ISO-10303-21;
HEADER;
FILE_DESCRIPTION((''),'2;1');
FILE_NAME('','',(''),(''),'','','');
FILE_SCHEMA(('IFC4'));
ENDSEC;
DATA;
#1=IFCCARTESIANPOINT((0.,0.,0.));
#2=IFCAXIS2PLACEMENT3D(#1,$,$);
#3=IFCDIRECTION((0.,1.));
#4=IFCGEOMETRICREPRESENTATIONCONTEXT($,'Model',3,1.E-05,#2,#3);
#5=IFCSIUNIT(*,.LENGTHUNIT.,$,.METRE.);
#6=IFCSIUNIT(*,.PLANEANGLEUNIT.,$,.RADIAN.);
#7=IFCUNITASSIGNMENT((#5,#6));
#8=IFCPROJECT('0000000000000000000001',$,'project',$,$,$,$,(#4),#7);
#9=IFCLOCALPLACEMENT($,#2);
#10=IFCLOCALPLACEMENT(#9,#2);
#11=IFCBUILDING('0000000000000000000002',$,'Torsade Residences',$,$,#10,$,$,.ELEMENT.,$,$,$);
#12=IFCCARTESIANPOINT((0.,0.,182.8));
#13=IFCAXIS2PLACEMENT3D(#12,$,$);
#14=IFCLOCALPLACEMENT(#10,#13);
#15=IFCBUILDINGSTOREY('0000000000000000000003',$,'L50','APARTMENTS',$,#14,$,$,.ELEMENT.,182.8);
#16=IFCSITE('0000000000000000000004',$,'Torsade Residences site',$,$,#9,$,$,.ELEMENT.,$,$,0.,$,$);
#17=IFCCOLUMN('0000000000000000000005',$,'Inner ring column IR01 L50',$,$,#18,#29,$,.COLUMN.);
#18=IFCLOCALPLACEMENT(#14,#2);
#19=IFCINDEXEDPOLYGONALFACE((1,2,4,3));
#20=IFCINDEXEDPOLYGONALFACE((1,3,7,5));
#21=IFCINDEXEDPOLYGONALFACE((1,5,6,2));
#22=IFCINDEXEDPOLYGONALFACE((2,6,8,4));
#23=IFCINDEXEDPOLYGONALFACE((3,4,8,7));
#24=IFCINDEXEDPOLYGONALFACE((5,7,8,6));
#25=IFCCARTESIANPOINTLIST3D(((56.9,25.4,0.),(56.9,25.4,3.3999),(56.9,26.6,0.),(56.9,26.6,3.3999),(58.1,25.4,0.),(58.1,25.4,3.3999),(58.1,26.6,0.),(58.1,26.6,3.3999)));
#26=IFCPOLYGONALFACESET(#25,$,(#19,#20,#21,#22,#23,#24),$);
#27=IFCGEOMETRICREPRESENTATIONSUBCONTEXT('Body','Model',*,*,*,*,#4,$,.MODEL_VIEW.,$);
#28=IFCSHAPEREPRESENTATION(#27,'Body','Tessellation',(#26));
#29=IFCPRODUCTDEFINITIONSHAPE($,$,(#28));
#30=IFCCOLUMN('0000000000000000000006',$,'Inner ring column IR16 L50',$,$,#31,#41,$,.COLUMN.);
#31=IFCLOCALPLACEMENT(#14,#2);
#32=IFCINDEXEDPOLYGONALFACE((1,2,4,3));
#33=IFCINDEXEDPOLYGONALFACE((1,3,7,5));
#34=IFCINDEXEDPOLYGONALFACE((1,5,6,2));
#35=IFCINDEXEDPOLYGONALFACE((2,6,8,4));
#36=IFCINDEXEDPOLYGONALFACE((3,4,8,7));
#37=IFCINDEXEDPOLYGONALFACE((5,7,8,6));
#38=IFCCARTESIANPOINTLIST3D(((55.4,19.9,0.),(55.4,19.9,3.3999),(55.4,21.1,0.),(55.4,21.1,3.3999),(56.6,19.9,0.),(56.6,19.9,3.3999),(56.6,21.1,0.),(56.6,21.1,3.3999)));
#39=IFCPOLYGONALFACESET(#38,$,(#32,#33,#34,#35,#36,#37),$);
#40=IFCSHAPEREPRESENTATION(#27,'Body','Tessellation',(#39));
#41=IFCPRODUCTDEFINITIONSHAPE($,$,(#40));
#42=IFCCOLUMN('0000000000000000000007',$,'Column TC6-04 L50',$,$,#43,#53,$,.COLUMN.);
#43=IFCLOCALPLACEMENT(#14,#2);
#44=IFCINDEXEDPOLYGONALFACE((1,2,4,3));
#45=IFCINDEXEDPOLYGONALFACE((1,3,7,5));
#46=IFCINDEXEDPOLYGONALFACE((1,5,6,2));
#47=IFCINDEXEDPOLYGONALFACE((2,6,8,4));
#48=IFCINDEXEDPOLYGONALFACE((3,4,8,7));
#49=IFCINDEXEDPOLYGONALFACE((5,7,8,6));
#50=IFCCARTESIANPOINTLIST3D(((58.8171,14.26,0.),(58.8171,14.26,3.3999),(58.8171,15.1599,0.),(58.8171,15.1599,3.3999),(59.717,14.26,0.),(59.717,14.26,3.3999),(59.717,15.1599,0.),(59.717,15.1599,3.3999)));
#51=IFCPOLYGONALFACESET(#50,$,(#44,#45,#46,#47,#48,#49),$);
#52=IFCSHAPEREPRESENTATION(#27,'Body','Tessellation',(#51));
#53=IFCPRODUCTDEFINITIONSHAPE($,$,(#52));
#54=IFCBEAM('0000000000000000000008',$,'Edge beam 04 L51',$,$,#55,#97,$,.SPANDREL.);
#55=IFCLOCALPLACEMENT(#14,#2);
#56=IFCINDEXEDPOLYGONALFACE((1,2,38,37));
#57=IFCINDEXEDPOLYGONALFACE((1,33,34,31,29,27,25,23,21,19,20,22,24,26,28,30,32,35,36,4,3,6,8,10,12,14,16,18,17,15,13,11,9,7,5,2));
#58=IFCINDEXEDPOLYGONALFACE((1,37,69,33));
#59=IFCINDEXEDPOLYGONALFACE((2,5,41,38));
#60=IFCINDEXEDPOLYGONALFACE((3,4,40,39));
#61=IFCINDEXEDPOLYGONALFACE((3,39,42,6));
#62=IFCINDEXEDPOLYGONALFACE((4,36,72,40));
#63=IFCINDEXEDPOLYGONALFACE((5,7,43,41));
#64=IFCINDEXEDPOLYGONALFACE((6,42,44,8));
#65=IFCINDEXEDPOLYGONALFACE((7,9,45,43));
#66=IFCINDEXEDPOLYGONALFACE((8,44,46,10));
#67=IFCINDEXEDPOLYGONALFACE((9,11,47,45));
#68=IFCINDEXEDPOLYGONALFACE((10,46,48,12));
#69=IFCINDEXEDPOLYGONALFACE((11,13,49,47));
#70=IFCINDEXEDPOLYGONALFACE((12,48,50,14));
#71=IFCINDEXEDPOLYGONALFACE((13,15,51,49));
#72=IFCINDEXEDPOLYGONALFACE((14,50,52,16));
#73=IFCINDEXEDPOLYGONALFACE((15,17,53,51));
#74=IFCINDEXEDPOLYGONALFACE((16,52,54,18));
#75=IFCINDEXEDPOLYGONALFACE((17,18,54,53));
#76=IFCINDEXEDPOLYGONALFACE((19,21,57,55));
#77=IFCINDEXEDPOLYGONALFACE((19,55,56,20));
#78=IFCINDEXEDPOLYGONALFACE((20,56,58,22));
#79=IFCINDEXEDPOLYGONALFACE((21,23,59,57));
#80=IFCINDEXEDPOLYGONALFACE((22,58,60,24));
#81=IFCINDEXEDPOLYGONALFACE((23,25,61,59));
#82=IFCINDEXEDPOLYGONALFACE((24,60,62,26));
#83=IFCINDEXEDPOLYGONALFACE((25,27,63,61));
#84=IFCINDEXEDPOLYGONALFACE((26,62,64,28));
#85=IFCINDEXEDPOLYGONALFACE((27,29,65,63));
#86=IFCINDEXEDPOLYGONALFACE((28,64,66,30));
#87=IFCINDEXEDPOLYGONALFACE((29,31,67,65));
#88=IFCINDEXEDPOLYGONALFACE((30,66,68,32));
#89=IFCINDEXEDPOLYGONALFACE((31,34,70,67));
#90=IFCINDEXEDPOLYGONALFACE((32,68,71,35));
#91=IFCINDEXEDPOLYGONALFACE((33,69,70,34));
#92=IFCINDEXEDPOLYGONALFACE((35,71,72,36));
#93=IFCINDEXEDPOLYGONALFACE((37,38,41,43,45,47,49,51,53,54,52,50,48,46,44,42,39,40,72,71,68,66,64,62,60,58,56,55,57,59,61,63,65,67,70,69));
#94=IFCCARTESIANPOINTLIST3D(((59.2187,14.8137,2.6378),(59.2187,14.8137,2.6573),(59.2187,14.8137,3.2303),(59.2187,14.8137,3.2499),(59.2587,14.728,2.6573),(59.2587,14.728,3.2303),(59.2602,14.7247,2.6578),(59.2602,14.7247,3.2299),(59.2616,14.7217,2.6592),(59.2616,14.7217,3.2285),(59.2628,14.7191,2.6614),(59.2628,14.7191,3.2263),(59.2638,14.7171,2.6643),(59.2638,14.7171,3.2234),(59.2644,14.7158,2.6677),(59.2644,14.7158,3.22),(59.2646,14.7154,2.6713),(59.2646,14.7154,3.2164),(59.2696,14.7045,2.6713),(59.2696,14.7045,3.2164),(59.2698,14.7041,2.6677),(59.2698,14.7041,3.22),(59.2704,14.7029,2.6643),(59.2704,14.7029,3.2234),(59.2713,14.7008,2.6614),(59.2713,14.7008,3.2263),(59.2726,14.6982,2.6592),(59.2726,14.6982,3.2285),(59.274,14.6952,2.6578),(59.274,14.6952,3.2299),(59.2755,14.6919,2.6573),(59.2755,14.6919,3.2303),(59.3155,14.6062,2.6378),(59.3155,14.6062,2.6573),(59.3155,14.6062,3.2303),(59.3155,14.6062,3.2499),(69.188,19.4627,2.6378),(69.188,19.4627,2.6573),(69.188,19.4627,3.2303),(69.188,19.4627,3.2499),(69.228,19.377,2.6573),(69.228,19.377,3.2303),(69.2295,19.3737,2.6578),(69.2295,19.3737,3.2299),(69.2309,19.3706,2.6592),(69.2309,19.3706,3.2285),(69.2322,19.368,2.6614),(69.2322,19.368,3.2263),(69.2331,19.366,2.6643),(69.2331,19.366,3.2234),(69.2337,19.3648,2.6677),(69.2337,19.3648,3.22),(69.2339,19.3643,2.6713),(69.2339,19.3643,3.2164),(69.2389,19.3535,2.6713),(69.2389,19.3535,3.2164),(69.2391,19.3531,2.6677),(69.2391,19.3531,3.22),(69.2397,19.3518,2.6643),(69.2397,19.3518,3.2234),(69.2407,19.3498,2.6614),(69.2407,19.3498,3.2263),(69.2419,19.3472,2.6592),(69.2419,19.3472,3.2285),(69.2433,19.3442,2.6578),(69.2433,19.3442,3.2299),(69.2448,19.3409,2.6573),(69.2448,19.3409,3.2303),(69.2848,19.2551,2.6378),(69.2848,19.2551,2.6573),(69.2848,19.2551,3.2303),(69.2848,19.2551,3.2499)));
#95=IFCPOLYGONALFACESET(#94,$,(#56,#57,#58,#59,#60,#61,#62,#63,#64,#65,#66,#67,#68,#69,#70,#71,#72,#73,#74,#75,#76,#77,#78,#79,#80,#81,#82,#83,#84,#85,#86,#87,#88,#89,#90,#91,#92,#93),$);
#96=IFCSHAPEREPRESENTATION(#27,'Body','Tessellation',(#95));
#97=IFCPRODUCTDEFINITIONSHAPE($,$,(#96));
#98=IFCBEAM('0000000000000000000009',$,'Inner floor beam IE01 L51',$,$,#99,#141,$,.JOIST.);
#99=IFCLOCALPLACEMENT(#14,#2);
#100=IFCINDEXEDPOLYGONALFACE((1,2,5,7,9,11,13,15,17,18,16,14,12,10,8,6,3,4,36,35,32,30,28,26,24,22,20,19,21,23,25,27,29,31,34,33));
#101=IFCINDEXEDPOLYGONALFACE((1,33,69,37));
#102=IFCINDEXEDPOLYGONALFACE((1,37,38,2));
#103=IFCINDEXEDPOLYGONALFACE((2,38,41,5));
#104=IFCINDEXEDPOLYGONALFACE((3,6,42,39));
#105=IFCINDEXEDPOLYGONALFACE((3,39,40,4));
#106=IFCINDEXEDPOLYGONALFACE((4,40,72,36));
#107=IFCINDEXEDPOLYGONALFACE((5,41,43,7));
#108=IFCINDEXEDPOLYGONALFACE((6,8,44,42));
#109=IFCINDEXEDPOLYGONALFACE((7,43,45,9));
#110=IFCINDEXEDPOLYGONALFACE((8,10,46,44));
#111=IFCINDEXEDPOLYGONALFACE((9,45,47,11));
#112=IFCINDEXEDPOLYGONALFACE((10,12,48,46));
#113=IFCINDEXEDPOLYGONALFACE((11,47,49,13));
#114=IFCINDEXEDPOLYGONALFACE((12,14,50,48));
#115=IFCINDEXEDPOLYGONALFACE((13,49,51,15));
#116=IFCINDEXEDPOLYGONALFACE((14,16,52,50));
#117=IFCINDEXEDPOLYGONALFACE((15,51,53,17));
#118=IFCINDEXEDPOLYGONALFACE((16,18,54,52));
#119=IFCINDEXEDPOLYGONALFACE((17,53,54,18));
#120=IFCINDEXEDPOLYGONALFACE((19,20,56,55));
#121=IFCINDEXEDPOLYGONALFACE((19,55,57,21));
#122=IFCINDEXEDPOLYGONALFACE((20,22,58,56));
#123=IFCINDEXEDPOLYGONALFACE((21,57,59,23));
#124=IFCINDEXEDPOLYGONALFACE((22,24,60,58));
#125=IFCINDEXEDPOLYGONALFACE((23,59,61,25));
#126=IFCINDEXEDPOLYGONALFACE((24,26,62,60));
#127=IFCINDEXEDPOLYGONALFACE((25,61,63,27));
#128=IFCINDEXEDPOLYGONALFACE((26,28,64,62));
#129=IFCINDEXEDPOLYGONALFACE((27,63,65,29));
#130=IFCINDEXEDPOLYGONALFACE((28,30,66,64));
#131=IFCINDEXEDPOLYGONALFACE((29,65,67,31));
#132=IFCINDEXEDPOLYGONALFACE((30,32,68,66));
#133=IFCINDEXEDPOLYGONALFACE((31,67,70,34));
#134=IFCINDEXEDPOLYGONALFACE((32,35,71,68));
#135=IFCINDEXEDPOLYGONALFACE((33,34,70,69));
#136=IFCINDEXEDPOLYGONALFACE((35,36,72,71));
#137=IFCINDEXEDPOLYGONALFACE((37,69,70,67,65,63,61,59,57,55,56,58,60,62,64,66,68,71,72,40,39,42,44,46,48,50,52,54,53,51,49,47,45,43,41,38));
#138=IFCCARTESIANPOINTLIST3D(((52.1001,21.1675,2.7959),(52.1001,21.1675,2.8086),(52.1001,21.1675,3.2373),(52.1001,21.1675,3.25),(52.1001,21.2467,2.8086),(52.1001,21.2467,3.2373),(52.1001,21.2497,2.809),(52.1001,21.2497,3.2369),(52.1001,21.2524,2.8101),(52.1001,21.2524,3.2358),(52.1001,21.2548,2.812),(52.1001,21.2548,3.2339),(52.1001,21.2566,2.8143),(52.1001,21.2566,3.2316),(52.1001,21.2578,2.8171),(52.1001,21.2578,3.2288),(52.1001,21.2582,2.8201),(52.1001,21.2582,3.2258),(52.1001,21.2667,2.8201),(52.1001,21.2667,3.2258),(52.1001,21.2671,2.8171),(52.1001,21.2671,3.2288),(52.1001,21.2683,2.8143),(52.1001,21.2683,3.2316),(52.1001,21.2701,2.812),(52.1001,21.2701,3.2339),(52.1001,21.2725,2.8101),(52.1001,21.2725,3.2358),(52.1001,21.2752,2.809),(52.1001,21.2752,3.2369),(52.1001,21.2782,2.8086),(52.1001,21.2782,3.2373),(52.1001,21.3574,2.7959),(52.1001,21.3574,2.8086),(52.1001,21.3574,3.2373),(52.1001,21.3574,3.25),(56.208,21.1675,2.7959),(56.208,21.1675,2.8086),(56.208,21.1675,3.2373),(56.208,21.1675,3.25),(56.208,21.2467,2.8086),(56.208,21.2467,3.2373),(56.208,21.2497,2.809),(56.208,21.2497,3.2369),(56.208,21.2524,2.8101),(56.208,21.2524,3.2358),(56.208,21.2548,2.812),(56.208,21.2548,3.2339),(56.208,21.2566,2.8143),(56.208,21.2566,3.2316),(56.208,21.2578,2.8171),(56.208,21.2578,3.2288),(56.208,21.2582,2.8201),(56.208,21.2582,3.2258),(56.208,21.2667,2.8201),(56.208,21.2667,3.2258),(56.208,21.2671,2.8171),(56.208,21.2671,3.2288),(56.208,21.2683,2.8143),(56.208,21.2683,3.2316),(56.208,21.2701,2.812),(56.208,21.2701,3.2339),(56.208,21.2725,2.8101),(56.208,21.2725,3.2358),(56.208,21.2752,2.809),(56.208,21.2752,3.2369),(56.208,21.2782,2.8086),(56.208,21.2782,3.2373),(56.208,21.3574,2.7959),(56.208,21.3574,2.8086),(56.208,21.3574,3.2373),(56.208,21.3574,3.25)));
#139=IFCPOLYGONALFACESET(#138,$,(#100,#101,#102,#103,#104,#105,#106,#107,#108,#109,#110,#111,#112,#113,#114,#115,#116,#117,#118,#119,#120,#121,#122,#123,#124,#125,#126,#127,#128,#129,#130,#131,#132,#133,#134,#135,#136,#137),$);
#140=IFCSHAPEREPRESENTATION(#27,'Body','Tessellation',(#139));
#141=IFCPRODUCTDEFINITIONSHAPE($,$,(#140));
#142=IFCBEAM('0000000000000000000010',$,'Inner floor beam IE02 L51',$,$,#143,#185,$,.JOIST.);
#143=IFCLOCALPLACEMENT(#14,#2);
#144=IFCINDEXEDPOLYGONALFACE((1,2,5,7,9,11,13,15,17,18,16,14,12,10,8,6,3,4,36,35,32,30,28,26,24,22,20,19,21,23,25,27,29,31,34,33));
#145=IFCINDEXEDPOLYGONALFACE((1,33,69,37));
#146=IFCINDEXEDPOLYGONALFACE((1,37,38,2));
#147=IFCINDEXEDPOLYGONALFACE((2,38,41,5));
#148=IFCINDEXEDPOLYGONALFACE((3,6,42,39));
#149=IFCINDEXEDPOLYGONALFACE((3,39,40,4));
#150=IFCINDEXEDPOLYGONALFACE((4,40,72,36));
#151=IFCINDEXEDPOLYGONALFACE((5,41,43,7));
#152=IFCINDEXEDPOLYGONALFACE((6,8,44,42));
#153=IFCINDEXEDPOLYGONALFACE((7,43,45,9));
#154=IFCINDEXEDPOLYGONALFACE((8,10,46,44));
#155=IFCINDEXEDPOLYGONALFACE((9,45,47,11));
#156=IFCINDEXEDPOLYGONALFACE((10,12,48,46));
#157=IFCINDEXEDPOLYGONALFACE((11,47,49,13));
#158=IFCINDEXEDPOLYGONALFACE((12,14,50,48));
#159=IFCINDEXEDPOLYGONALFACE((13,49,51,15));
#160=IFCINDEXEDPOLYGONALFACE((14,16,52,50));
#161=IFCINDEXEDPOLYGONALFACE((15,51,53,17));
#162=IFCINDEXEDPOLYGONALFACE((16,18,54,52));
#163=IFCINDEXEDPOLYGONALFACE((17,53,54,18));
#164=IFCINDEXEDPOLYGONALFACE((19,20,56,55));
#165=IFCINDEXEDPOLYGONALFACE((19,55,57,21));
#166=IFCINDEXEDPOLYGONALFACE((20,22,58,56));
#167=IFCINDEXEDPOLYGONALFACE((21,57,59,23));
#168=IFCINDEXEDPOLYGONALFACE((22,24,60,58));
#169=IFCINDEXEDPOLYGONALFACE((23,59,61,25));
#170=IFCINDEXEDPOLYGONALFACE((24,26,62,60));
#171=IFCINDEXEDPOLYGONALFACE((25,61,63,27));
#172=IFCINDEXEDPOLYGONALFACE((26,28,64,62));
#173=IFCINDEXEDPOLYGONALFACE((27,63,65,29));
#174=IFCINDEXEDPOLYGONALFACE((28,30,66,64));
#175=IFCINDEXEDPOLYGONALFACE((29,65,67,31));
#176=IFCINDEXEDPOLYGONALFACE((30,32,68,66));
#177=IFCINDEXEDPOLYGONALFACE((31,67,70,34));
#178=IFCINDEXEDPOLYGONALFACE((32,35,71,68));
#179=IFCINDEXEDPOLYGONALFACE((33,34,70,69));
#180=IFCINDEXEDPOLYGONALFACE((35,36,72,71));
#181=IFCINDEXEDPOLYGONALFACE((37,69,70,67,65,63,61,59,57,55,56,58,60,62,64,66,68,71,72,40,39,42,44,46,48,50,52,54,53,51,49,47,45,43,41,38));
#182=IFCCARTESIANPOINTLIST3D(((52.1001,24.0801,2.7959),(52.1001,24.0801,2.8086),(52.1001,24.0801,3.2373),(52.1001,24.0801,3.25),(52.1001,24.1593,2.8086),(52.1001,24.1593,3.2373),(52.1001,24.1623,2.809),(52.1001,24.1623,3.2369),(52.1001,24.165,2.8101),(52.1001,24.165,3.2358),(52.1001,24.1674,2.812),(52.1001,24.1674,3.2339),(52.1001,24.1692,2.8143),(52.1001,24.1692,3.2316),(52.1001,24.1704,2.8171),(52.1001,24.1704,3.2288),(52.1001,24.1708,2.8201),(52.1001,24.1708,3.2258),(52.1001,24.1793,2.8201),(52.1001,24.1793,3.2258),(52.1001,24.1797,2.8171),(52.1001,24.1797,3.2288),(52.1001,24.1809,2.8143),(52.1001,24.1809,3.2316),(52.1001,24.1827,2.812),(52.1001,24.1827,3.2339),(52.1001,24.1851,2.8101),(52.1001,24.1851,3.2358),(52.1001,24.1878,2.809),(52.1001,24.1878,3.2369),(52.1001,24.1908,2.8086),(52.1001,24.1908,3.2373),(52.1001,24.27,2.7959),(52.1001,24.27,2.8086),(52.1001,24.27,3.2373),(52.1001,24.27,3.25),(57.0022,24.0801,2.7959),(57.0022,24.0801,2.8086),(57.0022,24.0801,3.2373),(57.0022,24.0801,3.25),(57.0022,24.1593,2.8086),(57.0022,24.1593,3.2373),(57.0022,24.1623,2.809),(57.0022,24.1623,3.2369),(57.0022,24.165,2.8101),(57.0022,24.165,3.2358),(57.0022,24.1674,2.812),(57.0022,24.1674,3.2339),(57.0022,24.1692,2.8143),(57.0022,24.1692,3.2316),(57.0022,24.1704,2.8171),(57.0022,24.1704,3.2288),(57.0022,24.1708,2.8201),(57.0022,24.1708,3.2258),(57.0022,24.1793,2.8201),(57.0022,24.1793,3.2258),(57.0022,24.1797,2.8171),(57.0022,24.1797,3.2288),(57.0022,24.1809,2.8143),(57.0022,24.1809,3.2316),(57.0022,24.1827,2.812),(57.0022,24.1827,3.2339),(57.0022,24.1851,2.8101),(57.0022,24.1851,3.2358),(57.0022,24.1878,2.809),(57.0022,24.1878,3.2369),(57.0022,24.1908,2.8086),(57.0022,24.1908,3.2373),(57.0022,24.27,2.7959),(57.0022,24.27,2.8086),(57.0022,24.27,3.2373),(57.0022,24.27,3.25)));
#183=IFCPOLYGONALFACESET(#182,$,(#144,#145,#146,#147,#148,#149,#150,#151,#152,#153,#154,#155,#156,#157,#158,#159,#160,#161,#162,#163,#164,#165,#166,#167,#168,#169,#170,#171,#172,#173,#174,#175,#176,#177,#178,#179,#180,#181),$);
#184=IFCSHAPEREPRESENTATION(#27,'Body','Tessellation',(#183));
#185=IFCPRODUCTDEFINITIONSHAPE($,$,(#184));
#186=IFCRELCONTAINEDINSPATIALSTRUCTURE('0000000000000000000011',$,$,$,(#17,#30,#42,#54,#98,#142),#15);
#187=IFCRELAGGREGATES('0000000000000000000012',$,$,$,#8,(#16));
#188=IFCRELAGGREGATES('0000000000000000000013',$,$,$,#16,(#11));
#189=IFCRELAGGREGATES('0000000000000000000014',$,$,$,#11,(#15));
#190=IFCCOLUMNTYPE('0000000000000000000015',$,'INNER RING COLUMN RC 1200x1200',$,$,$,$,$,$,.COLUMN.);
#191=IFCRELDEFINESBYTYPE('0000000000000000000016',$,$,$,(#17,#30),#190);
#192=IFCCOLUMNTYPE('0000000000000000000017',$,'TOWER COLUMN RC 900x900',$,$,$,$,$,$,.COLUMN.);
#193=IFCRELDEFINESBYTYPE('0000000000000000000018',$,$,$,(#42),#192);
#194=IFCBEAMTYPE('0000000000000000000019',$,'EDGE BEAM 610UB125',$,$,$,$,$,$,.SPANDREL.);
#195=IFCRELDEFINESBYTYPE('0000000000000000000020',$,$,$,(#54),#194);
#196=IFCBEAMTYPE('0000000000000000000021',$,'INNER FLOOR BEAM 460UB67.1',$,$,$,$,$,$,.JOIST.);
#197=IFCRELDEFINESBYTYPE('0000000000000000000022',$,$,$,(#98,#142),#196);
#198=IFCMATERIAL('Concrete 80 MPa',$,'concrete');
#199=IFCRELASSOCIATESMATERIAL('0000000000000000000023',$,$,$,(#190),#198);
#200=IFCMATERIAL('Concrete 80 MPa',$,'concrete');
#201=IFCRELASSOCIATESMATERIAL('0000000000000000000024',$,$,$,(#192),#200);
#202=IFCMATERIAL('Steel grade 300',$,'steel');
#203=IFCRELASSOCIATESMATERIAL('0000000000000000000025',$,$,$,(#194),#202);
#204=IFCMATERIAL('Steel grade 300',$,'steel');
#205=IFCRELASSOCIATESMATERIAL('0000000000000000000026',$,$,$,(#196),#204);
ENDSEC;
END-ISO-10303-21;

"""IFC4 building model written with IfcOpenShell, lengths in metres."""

from ifc_helpers import new_model, si_unit, direction, frame, origin, origin_2d, place, context, subcontext, project, spatial, rectangle, i_section, extrude, material, material_profile, profile_set, type_object, element, save


model = new_model("IFC4")

# Units and contexts
model_context = context("Model", 3, precision=1e-05, world=origin(), true_north=direction((0.0, 1.0)))
body_context = subcontext(model_context, "Body", "Model", "MODEL_VIEW")
ifc_project = project(units=[si_unit("LENGTHUNIT", "METRE"), si_unit("PLANEANGLEUNIT", "RADIAN")], contexts=[model_context])

# Site, building, storey
site_placement = place(None, origin())
site = spatial("IfcSite", under=ifc_project, at=site_placement, Name="Torsade Residences site", CompositionType="ELEMENT", RefElevation=0.0)
building_placement = place(site_placement, origin())
building = spatial("IfcBuilding", under=site, at=building_placement, Name="Torsade Residences", CompositionType="ELEMENT")
storey_placement = place(building_placement, frame((0.0, 0.0, 182.8)))
storey = spatial("IfcBuildingStorey", under=building, at=storey_placement, Name="L50", Description="APARTMENTS", CompositionType="ELEMENT", Elevation=182.8)

# Columns
ifc_material_1 = material(Name="Concrete 80 MPa", Category="concrete")
ifc_material_profile_1 = material_profile(ifc_material_1, rectangle(XDim=1.2, YDim=1.2, at=origin_2d()), Name="RC 1200x1200")
ifc_profile_set_1 = profile_set([ifc_material_profile_1], Name="Concrete 80 MPa")
column_type_1 = type_object("IfcColumnType", Name="INNER RING COLUMN RC 1200x1200", PredefinedType="COLUMN", material=ifc_profile_set_1)
for number, where, z_axis, x_axis, name in (
    (1, (57.5, 26.0, 0.0), (0.0, 0.0, 1.0), (1.0, 0.0, 0.0), "Inner ring column IR01 L50"),
    (2, (56.0, 20.5, 0.0), (0.0, 0.0, 1.0), (1.0, 0.0, 0.0), "Inner ring column IR16 L50"),
):
    element("IfcColumn", number, at=place(storey_placement, frame(where, z_axis=z_axis, x_axis=x_axis)), inside=storey, type_object=column_type_1, Name=name, PredefinedType="COLUMN", context=body_context, shape_type="SweptSolid", body=[
        extrude(rectangle(XDim=1.2, YDim=1.2, at=origin_2d()), origin(), (0.0, 0.0, 1.0), 3.3999),
    ])
ifc_material_2 = material(Name="Concrete 80 MPa", Category="concrete")
ifc_material_profile_2 = material_profile(ifc_material_2, rectangle(XDim=0.8999, YDim=0.8999, at=origin_2d()), Name="RC 900x900")
ifc_profile_set_2 = profile_set([ifc_material_profile_2], Name="Concrete 80 MPa")
column_type_2 = type_object("IfcColumnType", Name="TOWER COLUMN RC 900x900", PredefinedType="COLUMN", material=ifc_profile_set_2)
column_placement = place(storey_placement, frame((59.2671, 14.71, 0.0), z_axis=(0.0, 0.0, 1.0), x_axis=(1.0, 0.0, 0.0)))
element("IfcColumn", 3, at=column_placement, inside=storey, type_object=column_type_2, Name="Column TC6-04 L50", PredefinedType="COLUMN", context=body_context, shape_type="SweptSolid", body=[
    extrude(rectangle(XDim=0.8999, YDim=0.8999, at=origin_2d()), origin(), (0.0, 0.0, 1.0), 3.3999),
])

# Beams
ifc_material_3 = material(Name="Steel grade 300", Category="steel")
ifc_material_profile_3 = material_profile(ifc_material_3, i_section(OverallWidth=0.229, OverallDepth=0.6121, WebThickness=0.012, FlangeThickness=0.0195, FilletRadius=0.0139, at=origin_2d()), Name="610UB125")
ifc_profile_set_3 = profile_set([ifc_material_profile_3], Name="Steel grade 300")
beam_type_1 = type_object("IfcBeamType", Name="EDGE BEAM 610UB125", PredefinedType="SPANDREL", material=ifc_profile_set_3)
beam_1_placement = place(storey_placement, frame((59.2671, 14.71, 2.9438), z_axis=(0.906301, 0.422633, 0.0), x_axis=(-0.422633, 0.906301, 0.0)))
element("IfcBeam", 4, at=beam_1_placement, inside=storey, type_object=beam_type_1, Name="Edge beam 04 L51", PredefinedType="SPANDREL", context=body_context, shape_type="SweptSolid", body=[
    extrude(i_section(OverallWidth=0.229, OverallDepth=0.6121, WebThickness=0.012, FlangeThickness=0.0195, FilletRadius=0.0139, at=origin_2d()), origin(), (0.0, 0.0, 1.0), 11.0),
])
ifc_material_4 = material(Name="Steel grade 300", Category="steel")
ifc_material_profile_4 = material_profile(ifc_material_4, i_section(OverallWidth=0.1899, OverallDepth=0.4541, WebThickness=0.0085, FlangeThickness=0.0127, FilletRadius=0.0115, at=origin_2d()), Name="460UB67.1")
ifc_profile_set_4 = profile_set([ifc_material_profile_4], Name="Steel grade 300")
beam_type_2 = type_object("IfcBeamType", Name="INNER FLOOR BEAM 460UB67.1", PredefinedType="JOIST", material=ifc_profile_set_4)
beam_2_placement = place(storey_placement, frame((52.1001, 21.2625, 3.0229), z_axis=(1.0, 0.0, 0.0), x_axis=(0.0, 1.0, 0.0)))
element("IfcBeam", 5, at=beam_2_placement, inside=storey, type_object=beam_type_2, Name="Inner floor beam IE01 L51", PredefinedType="JOIST", context=body_context, shape_type="SweptSolid", body=[
    extrude(i_section(OverallWidth=0.1899, OverallDepth=0.4541, WebThickness=0.0085, FlangeThickness=0.0127, FilletRadius=0.0115, at=origin_2d()), origin(), (0.0, 0.0, 1.0), 4.1079),
])
beam_3_placement = place(storey_placement, frame((52.1001, 24.175, 3.0229), z_axis=(1.0, 0.0, 0.0), x_axis=(0.0, 1.0, 0.0)))
element("IfcBeam", 6, at=beam_3_placement, inside=storey, type_object=beam_type_2, Name="Inner floor beam IE02 L51", PredefinedType="JOIST", context=body_context, shape_type="SweptSolid", body=[
    extrude(i_section(OverallWidth=0.1899, OverallDepth=0.4541, WebThickness=0.0085, FlangeThickness=0.0127, FilletRadius=0.0115, at=origin_2d()), origin(), (0.0, 0.0, 1.0), 4.9021),
])

save(model, "model.ifc")
